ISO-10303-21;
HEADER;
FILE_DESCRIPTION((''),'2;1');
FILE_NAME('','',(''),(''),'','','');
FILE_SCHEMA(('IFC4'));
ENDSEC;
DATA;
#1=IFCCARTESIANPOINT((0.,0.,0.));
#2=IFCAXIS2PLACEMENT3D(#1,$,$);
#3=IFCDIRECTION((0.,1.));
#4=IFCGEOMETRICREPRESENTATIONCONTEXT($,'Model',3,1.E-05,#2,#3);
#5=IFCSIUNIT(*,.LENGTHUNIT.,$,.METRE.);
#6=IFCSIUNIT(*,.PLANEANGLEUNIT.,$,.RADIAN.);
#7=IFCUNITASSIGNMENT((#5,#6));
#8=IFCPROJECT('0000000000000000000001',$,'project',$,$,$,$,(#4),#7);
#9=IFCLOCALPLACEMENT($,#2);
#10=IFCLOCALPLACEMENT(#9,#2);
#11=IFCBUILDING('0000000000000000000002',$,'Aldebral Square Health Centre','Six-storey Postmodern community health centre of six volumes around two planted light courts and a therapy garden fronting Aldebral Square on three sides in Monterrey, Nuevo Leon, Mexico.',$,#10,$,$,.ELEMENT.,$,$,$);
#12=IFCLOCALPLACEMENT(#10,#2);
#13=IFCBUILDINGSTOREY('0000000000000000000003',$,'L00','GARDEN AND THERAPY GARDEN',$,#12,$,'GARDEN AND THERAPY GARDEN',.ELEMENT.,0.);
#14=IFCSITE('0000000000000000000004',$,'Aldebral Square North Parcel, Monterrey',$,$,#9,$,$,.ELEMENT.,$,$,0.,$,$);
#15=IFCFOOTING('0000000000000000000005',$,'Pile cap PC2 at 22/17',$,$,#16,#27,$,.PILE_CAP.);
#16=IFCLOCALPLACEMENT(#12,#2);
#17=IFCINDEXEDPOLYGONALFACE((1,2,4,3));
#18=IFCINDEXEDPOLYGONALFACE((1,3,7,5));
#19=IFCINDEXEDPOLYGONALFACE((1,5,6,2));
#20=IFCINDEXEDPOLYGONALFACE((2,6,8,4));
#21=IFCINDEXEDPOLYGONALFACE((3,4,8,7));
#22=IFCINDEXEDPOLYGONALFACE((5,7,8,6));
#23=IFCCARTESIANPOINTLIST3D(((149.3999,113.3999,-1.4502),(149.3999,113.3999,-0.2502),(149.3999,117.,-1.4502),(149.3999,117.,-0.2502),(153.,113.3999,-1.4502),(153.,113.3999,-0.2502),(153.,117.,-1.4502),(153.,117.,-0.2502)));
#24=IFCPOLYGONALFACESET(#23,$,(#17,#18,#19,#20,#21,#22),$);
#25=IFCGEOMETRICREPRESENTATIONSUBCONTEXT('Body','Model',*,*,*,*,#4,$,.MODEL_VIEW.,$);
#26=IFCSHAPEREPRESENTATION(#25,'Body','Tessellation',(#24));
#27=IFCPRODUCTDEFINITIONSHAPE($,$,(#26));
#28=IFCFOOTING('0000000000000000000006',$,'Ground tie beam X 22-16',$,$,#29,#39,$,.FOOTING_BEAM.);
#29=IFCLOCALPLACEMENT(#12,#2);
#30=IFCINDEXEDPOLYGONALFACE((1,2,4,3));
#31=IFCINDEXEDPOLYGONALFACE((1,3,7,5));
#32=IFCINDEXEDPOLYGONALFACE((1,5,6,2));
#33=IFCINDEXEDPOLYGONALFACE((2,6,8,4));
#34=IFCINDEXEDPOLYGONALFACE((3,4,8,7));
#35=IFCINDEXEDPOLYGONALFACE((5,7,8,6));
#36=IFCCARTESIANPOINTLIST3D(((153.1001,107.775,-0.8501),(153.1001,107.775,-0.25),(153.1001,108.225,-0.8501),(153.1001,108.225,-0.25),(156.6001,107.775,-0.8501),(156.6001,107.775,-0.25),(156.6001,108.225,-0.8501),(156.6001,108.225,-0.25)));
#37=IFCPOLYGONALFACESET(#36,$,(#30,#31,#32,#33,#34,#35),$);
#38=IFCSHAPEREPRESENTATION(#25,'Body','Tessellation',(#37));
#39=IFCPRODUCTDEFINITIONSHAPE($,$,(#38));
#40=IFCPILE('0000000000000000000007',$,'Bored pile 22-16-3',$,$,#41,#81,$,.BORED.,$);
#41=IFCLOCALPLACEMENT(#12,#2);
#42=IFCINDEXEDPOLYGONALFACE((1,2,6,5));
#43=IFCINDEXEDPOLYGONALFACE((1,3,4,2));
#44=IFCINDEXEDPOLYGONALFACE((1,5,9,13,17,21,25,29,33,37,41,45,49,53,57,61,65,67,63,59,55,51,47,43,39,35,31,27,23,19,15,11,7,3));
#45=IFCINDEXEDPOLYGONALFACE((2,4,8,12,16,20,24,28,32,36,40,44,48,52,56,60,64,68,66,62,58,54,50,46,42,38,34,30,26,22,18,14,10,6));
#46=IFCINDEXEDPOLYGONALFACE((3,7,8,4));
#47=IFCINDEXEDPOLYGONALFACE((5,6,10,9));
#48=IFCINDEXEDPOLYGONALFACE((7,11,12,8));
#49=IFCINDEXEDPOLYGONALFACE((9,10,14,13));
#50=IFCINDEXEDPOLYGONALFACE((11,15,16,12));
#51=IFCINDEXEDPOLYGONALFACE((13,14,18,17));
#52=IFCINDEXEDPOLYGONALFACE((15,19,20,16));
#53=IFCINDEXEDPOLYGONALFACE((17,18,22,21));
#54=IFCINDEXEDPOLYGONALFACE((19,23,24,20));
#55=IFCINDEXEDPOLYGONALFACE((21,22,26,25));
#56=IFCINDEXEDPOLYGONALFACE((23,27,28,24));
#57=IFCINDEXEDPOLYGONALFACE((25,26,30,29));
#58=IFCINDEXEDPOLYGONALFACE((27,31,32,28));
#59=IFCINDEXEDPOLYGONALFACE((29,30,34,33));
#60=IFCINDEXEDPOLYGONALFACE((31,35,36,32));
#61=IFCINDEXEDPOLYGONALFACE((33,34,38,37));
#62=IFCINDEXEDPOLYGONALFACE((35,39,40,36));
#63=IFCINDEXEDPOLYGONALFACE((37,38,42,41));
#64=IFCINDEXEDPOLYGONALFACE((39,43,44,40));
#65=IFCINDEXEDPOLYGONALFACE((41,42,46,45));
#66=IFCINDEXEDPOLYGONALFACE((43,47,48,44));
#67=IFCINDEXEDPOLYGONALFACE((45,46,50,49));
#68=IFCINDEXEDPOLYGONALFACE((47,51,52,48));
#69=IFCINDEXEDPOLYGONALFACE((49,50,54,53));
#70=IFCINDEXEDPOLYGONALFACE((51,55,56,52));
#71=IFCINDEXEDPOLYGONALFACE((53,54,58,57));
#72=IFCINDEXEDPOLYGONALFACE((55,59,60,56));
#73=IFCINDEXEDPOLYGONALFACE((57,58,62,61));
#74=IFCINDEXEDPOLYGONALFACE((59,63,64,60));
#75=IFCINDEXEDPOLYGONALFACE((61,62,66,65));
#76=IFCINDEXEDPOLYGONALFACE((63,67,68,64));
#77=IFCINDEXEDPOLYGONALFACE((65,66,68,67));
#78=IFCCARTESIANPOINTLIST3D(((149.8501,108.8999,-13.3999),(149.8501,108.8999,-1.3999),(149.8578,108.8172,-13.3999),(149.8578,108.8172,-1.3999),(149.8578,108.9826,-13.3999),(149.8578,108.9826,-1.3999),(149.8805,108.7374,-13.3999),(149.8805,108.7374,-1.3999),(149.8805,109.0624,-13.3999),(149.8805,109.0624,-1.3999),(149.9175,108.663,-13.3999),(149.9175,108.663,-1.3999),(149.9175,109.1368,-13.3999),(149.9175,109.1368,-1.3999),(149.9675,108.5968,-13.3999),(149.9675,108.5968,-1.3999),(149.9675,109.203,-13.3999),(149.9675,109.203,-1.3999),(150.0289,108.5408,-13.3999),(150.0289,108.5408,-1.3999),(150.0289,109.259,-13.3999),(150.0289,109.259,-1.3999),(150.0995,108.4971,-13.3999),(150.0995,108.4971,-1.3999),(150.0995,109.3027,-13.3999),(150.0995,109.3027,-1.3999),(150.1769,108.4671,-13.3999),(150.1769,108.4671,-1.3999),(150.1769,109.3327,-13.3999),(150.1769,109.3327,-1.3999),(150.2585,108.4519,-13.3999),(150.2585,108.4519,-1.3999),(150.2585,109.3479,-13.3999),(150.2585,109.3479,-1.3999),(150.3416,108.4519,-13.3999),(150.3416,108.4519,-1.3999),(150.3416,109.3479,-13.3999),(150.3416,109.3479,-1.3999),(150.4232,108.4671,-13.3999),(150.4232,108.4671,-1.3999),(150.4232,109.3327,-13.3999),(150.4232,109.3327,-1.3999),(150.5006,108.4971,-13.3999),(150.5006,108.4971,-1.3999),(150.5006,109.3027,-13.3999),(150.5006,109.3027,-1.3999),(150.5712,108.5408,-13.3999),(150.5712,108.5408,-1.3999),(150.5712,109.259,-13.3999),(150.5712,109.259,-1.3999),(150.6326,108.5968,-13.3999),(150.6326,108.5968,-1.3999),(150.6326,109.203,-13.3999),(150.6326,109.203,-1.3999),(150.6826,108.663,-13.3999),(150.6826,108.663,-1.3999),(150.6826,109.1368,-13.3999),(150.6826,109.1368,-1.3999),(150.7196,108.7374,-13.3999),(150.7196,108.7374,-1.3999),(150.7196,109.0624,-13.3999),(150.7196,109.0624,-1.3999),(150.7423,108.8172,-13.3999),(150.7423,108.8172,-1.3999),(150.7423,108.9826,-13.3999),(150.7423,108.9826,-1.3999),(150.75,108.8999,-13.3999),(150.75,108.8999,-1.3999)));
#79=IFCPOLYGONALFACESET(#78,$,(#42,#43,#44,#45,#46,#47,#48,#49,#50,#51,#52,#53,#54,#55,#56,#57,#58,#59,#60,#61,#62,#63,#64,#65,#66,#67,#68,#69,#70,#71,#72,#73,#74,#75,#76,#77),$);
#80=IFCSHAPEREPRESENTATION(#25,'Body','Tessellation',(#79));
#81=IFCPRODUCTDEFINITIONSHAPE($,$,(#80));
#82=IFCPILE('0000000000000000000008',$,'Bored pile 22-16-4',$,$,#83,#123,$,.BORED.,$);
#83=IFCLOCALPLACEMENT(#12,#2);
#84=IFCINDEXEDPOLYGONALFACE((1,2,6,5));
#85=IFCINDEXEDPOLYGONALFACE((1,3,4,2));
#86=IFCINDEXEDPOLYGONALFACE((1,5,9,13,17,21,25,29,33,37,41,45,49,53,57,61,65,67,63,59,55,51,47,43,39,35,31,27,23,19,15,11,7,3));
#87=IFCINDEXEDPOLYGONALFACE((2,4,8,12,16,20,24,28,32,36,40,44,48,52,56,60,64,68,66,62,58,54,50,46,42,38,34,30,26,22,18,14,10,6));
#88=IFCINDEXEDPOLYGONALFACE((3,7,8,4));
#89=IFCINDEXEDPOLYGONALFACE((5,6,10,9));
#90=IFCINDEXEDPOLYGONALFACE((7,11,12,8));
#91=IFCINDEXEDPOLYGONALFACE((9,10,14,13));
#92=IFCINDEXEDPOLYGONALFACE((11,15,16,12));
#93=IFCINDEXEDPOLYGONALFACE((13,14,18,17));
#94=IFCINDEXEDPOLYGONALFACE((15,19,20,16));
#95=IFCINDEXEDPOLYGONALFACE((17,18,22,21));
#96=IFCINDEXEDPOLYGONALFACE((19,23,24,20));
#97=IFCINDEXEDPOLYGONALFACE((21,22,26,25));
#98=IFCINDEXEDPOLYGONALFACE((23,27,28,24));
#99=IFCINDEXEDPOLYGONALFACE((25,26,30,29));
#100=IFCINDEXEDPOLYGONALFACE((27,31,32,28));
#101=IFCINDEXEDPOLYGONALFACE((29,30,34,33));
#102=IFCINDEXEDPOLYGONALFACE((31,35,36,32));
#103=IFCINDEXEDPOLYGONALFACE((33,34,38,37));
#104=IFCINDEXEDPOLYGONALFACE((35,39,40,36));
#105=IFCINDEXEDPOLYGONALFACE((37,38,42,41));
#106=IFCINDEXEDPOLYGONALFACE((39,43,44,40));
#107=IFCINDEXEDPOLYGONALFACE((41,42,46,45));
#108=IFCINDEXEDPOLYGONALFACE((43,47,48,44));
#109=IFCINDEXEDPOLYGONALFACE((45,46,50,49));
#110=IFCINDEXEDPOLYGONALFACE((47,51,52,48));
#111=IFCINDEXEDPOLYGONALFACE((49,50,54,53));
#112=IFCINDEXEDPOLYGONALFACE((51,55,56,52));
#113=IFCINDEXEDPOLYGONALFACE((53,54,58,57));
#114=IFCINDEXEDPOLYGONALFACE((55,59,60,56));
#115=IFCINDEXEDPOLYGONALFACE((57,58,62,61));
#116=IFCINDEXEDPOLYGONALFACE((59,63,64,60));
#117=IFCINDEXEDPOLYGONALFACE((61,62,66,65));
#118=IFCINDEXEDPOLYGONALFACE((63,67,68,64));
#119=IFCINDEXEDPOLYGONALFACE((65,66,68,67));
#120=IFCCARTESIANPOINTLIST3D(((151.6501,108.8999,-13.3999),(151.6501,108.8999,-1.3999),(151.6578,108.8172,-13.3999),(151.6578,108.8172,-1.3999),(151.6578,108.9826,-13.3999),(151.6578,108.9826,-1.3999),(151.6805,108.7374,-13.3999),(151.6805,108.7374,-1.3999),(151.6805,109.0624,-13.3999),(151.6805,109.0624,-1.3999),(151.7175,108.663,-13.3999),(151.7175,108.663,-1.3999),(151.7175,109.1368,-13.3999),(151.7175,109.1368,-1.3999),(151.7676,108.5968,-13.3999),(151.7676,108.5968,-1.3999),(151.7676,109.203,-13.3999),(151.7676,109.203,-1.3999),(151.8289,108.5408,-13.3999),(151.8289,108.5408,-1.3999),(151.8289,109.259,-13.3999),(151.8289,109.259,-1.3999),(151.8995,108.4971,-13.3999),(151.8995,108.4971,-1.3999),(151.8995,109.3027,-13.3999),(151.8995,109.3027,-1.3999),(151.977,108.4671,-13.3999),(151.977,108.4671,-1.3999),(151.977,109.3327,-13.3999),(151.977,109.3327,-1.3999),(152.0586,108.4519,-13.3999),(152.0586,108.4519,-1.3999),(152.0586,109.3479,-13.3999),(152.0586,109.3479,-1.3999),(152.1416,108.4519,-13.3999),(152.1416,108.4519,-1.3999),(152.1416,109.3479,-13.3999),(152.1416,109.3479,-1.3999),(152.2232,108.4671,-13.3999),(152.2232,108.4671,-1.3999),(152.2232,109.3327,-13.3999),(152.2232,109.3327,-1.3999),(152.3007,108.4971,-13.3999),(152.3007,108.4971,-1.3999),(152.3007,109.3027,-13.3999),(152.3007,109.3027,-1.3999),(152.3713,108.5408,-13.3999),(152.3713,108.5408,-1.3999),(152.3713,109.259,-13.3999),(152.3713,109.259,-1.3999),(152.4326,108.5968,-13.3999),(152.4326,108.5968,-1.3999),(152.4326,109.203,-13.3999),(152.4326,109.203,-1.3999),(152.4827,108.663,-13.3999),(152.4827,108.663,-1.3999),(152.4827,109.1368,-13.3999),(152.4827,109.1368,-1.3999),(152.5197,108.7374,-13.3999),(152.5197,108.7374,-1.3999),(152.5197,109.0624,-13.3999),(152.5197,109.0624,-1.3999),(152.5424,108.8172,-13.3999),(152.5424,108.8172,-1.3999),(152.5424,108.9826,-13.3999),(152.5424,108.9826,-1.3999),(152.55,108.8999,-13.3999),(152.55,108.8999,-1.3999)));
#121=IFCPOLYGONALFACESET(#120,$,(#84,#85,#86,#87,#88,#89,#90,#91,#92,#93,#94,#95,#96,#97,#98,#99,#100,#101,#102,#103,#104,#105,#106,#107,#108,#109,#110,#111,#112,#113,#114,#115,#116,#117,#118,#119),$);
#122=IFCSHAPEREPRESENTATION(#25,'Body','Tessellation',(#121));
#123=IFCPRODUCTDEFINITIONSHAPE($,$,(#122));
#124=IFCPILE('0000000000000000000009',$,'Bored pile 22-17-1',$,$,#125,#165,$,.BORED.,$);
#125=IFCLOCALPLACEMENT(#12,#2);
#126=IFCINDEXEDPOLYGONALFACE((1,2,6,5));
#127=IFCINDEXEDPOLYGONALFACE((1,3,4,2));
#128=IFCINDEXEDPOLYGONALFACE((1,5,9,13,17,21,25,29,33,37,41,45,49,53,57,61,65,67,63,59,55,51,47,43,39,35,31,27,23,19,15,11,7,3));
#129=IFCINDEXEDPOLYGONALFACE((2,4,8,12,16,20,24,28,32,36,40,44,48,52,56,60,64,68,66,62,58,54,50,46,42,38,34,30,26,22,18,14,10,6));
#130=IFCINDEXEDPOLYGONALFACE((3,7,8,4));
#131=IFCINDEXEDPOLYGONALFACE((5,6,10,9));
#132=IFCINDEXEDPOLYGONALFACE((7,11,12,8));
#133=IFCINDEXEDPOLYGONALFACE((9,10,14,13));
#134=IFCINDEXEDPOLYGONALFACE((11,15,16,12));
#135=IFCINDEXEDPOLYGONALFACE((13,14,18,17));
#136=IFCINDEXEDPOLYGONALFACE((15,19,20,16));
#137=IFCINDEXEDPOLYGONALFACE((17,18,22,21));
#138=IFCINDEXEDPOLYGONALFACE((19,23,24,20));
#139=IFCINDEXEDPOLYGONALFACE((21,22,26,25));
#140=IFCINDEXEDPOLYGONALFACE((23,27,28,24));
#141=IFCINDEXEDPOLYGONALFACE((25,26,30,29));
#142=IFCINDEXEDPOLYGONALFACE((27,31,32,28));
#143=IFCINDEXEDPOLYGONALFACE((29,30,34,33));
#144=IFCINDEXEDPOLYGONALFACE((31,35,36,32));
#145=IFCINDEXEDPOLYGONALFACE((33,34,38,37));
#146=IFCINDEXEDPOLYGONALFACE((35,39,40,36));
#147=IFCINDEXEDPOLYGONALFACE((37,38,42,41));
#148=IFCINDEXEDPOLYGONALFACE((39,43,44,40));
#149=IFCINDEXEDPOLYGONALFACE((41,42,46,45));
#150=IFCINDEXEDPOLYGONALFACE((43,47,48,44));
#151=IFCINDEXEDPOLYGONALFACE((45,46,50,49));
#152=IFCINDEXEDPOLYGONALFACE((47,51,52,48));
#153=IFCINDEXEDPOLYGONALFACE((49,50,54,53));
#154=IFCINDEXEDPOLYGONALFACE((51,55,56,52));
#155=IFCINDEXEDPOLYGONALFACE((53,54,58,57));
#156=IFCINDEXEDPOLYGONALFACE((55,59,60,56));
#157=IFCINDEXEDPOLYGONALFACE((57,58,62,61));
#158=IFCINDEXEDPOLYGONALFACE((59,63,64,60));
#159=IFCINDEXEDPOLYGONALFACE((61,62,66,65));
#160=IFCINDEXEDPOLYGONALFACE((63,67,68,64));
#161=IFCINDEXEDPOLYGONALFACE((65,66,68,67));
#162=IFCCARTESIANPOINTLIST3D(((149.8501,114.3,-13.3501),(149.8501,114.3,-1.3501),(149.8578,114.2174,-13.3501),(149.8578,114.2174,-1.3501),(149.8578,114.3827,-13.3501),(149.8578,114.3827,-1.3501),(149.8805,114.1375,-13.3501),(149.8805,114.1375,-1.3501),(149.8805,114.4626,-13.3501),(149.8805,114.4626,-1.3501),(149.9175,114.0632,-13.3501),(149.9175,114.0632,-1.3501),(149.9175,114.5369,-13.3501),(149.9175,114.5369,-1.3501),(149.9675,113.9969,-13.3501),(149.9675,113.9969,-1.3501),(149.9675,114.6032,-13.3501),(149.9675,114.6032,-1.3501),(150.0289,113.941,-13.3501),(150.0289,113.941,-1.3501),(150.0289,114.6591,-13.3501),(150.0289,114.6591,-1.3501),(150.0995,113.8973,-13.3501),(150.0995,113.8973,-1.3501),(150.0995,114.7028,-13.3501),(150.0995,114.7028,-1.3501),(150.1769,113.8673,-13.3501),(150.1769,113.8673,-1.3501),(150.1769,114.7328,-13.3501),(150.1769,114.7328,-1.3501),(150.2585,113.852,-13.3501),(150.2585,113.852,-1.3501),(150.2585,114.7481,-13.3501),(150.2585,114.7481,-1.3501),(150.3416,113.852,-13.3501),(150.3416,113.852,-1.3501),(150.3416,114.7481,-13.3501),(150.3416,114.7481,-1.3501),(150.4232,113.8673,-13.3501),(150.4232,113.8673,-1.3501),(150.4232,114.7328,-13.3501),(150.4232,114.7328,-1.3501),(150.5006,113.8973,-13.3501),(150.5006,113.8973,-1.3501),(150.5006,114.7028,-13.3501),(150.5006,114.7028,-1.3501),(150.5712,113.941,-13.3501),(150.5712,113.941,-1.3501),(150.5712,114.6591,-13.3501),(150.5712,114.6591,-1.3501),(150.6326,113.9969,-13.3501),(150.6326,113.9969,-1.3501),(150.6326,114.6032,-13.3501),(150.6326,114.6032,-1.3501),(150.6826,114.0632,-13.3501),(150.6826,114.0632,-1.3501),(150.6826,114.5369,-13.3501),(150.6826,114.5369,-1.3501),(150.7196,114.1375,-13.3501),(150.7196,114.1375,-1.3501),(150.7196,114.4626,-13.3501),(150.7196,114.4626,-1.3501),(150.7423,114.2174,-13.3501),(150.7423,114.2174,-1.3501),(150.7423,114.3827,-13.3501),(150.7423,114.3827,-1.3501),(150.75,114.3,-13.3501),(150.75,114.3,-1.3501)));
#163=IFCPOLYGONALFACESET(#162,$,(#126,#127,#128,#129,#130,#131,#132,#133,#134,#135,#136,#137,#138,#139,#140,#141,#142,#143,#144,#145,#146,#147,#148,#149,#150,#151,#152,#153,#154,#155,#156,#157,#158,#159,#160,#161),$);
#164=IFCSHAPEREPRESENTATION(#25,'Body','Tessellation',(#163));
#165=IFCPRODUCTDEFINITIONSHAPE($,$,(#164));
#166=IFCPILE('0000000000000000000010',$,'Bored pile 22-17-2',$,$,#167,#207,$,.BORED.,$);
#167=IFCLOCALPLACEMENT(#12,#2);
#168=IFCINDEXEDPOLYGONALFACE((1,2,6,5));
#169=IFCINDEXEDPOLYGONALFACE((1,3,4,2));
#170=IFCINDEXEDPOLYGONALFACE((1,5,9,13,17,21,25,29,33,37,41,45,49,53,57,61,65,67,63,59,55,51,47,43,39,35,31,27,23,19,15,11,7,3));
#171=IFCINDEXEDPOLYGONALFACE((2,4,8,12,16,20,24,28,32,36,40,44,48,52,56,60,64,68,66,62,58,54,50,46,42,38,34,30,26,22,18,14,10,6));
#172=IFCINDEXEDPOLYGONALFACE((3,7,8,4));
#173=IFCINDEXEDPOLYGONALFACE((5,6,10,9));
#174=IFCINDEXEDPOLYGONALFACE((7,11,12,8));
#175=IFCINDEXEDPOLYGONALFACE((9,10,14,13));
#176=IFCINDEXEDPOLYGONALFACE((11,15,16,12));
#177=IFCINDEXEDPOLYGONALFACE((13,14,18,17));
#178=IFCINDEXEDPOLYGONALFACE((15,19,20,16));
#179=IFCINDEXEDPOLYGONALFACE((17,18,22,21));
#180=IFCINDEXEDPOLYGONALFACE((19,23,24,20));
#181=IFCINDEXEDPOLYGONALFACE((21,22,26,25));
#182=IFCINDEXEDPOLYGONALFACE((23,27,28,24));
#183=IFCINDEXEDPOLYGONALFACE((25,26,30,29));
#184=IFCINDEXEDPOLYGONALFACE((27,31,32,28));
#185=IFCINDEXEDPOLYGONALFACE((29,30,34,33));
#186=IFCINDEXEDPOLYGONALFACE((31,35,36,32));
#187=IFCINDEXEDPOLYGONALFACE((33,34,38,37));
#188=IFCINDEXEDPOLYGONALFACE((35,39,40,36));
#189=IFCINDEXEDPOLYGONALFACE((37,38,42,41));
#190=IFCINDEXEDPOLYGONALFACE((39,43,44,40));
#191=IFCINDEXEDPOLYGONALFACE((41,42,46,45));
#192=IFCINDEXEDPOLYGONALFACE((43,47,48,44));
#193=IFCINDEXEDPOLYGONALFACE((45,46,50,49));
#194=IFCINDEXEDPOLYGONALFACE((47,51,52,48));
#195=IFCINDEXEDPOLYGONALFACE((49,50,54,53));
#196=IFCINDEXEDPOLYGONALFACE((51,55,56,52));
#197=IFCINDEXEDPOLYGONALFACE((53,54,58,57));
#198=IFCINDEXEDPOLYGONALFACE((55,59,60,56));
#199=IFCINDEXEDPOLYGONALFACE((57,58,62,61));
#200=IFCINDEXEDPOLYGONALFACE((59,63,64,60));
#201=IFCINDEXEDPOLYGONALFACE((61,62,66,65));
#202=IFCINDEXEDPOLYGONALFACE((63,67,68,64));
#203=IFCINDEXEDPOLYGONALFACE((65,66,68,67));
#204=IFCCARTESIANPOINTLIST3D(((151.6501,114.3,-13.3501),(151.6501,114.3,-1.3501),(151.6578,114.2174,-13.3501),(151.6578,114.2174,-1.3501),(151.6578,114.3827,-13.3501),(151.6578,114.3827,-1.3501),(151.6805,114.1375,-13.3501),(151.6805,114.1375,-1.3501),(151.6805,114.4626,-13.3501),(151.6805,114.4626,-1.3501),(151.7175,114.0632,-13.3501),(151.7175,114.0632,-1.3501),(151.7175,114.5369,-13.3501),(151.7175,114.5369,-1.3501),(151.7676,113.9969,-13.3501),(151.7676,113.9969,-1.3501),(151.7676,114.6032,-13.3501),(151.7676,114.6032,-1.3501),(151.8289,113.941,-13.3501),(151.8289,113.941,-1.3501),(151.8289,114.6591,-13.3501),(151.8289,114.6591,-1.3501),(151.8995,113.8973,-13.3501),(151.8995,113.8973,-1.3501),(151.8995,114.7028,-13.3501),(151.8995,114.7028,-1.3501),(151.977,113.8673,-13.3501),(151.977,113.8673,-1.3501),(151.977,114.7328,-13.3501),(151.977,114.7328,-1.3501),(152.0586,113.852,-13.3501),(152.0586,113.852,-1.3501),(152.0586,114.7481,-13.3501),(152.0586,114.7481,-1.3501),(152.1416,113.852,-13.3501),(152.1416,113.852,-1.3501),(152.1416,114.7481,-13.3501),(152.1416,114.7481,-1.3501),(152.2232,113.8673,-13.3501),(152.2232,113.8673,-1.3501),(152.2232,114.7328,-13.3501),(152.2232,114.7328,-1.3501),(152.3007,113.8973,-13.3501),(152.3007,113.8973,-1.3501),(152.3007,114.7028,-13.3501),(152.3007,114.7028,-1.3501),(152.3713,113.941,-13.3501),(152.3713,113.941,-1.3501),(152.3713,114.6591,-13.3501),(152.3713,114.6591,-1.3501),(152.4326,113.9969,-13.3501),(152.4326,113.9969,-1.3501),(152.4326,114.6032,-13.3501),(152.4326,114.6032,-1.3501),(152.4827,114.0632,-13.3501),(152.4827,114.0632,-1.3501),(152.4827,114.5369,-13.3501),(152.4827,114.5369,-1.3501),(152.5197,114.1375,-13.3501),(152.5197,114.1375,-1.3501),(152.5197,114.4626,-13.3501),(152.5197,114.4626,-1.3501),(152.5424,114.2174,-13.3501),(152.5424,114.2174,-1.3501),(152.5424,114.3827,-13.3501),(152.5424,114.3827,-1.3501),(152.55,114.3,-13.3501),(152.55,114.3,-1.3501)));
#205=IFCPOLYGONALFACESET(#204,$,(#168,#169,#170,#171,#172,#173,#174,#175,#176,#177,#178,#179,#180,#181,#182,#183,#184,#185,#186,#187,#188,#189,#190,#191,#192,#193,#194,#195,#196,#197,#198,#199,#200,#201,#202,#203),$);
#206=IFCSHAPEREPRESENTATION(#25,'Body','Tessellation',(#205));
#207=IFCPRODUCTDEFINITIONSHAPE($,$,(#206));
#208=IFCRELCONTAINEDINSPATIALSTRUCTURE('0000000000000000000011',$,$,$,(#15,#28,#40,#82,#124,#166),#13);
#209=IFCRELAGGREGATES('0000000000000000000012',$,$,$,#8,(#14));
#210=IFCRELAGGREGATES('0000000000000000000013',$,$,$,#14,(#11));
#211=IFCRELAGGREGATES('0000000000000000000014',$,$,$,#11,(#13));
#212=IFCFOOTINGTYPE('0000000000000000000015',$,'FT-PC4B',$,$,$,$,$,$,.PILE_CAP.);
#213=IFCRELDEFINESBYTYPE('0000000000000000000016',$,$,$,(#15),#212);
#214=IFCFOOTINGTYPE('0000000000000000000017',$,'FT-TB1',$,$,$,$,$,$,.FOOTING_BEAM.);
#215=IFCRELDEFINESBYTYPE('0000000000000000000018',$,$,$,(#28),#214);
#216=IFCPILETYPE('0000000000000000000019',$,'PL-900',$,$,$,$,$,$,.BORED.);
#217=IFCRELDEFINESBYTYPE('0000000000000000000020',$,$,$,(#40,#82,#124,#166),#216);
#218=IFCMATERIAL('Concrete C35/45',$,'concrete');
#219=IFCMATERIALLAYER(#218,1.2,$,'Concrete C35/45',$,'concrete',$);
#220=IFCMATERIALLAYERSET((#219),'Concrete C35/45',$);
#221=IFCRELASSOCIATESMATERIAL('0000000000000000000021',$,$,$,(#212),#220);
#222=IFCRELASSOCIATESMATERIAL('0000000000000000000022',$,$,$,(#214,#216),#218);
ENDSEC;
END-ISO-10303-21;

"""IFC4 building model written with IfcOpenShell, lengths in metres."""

from ifc_helpers import new_model, si_unit, direction, frame, origin, origin_2d, place, context, subcontext, project, spatial, rectangle, circle, extrude, material, layer, layer_set, material_profile, profile_set, type_object, element, save


model = new_model("IFC4")

# Units and contexts
model_context = context("Model", 3, precision=1e-05, world=origin(), true_north=direction((0.0, 1.0)))
body_context = subcontext(model_context, "Body", "Model", "MODEL_VIEW")
ifc_project = project(units=[si_unit("LENGTHUNIT", "METRE"), si_unit("PLANEANGLEUNIT", "RADIAN")], contexts=[model_context])

# Site, building, storey
site_placement = place(None, origin())
site = spatial("IfcSite", under=ifc_project, at=site_placement, Name="Aldebral Square North Parcel, Monterrey", CompositionType="ELEMENT", RefElevation=0.0)
building_placement = place(site_placement, origin())
building = spatial("IfcBuilding", under=site, at=building_placement, Name="Aldebral Square Health Centre", Description="Six-storey Postmodern community health centre of six volumes around two planted light courts and a therapy garden fronting Aldebral Square on three sides in Monterrey, Nuevo Leon, Mexico.", CompositionType="ELEMENT")
storey_placement = place(building_placement, origin())
storey = spatial("IfcBuildingStorey", under=building, at=storey_placement, Name="L00", Description="GARDEN AND THERAPY GARDEN", LongName="GARDEN AND THERAPY GARDEN", CompositionType="ELEMENT", Elevation=0.0)

# Footings
ifc_material_1 = material(Name="Concrete C35/45", Category="concrete")
ifc_layer_1 = layer(ifc_material_1, 1.2, Name="Concrete C35/45", Category="concrete")
ifc_layer_set_1 = layer_set([ifc_layer_1], Name="Concrete C35/45")
footing_type_1 = type_object("IfcFootingType", Name="FT-PC4B", PredefinedType="PILE_CAP", material=ifc_layer_set_1)
footing_1_placement = place(storey_placement, frame((151.2, 115.2, -1.4502), z_axis=(0.0, 0.0, 1.0), x_axis=(1.0, 0.0, 0.0)))
element("IfcFooting", 1, at=footing_1_placement, inside=storey, type_object=footing_type_1, Name="Pile cap PC2 at 22/17", PredefinedType="PILE_CAP", context=body_context, shape_type="SweptSolid", body=[
    extrude(rectangle(XDim=3.6001, YDim=3.6001, at=origin_2d()), origin(), (0.0, 0.0, 1.0), 1.2),
])
ifc_material_profile_1 = material_profile(ifc_material_1, rectangle(XDim=0.45, YDim=0.6001, at=origin_2d()), Name="RC 450x600")
ifc_profile_set_1 = profile_set([ifc_material_profile_1], Name="Concrete C35/45")
footing_type_2 = type_object("IfcFootingType", Name="FT-TB1", PredefinedType="FOOTING_BEAM", material=ifc_profile_set_1)
footing_2_placement = place(storey_placement, frame((153.1001, 108.0, -0.55), z_axis=(1.0, 0.0, 0.0), x_axis=(0.0, 1.0, 0.0)))
element("IfcFooting", 2, at=footing_2_placement, inside=storey, type_object=footing_type_2, Name="Ground tie beam X 22-16", PredefinedType="FOOTING_BEAM", context=body_context, shape_type="SweptSolid", body=[
    extrude(rectangle(XDim=0.45, YDim=0.6001, at=origin_2d()), origin(), (0.0, 0.0, 1.0), 3.5),
])

# Piles
ifc_material_profile_2 = material_profile(ifc_material_1, circle(Radius=0.45, at=origin_2d()), Name="PILE D900")
ifc_profile_set_2 = profile_set([ifc_material_profile_2], Name="Concrete C35/45")
pile_type = type_object("IfcPileType", Name="PL-900", PredefinedType="BORED", material=ifc_profile_set_2)
for number, where, z_axis, x_axis, name in (
    (3, (150.3, 108.8999, -1.3999), (0.0, 0.0, -1.0), (1.0, 0.0, 0.0), "Bored pile 22-16-3"),
    (4, (152.1001, 108.8999, -1.3999), (0.0, 0.0, -1.0), (1.0, 0.0, 0.0), "Bored pile 22-16-4"),
    (5, (150.3, 114.3, -1.3501), (0.0, 0.0, -1.0), (1.0, 0.0, 0.0), "Bored pile 22-17-1"),
    (6, (152.1001, 114.3, -1.3501), (0.0, 0.0, -1.0), (1.0, 0.0, 0.0), "Bored pile 22-17-2"),
):
    element("IfcPile", number, at=place(storey_placement, frame(where, z_axis=z_axis, x_axis=x_axis)), inside=storey, type_object=pile_type, Name=name, PredefinedType="BORED", context=body_context, shape_type="SweptSolid", body=[
        extrude(circle(Radius=0.45, at=origin_2d()), origin(), (0.0, 0.0, 1.0), 12.0),
    ])

save(model, "model.ifc")
